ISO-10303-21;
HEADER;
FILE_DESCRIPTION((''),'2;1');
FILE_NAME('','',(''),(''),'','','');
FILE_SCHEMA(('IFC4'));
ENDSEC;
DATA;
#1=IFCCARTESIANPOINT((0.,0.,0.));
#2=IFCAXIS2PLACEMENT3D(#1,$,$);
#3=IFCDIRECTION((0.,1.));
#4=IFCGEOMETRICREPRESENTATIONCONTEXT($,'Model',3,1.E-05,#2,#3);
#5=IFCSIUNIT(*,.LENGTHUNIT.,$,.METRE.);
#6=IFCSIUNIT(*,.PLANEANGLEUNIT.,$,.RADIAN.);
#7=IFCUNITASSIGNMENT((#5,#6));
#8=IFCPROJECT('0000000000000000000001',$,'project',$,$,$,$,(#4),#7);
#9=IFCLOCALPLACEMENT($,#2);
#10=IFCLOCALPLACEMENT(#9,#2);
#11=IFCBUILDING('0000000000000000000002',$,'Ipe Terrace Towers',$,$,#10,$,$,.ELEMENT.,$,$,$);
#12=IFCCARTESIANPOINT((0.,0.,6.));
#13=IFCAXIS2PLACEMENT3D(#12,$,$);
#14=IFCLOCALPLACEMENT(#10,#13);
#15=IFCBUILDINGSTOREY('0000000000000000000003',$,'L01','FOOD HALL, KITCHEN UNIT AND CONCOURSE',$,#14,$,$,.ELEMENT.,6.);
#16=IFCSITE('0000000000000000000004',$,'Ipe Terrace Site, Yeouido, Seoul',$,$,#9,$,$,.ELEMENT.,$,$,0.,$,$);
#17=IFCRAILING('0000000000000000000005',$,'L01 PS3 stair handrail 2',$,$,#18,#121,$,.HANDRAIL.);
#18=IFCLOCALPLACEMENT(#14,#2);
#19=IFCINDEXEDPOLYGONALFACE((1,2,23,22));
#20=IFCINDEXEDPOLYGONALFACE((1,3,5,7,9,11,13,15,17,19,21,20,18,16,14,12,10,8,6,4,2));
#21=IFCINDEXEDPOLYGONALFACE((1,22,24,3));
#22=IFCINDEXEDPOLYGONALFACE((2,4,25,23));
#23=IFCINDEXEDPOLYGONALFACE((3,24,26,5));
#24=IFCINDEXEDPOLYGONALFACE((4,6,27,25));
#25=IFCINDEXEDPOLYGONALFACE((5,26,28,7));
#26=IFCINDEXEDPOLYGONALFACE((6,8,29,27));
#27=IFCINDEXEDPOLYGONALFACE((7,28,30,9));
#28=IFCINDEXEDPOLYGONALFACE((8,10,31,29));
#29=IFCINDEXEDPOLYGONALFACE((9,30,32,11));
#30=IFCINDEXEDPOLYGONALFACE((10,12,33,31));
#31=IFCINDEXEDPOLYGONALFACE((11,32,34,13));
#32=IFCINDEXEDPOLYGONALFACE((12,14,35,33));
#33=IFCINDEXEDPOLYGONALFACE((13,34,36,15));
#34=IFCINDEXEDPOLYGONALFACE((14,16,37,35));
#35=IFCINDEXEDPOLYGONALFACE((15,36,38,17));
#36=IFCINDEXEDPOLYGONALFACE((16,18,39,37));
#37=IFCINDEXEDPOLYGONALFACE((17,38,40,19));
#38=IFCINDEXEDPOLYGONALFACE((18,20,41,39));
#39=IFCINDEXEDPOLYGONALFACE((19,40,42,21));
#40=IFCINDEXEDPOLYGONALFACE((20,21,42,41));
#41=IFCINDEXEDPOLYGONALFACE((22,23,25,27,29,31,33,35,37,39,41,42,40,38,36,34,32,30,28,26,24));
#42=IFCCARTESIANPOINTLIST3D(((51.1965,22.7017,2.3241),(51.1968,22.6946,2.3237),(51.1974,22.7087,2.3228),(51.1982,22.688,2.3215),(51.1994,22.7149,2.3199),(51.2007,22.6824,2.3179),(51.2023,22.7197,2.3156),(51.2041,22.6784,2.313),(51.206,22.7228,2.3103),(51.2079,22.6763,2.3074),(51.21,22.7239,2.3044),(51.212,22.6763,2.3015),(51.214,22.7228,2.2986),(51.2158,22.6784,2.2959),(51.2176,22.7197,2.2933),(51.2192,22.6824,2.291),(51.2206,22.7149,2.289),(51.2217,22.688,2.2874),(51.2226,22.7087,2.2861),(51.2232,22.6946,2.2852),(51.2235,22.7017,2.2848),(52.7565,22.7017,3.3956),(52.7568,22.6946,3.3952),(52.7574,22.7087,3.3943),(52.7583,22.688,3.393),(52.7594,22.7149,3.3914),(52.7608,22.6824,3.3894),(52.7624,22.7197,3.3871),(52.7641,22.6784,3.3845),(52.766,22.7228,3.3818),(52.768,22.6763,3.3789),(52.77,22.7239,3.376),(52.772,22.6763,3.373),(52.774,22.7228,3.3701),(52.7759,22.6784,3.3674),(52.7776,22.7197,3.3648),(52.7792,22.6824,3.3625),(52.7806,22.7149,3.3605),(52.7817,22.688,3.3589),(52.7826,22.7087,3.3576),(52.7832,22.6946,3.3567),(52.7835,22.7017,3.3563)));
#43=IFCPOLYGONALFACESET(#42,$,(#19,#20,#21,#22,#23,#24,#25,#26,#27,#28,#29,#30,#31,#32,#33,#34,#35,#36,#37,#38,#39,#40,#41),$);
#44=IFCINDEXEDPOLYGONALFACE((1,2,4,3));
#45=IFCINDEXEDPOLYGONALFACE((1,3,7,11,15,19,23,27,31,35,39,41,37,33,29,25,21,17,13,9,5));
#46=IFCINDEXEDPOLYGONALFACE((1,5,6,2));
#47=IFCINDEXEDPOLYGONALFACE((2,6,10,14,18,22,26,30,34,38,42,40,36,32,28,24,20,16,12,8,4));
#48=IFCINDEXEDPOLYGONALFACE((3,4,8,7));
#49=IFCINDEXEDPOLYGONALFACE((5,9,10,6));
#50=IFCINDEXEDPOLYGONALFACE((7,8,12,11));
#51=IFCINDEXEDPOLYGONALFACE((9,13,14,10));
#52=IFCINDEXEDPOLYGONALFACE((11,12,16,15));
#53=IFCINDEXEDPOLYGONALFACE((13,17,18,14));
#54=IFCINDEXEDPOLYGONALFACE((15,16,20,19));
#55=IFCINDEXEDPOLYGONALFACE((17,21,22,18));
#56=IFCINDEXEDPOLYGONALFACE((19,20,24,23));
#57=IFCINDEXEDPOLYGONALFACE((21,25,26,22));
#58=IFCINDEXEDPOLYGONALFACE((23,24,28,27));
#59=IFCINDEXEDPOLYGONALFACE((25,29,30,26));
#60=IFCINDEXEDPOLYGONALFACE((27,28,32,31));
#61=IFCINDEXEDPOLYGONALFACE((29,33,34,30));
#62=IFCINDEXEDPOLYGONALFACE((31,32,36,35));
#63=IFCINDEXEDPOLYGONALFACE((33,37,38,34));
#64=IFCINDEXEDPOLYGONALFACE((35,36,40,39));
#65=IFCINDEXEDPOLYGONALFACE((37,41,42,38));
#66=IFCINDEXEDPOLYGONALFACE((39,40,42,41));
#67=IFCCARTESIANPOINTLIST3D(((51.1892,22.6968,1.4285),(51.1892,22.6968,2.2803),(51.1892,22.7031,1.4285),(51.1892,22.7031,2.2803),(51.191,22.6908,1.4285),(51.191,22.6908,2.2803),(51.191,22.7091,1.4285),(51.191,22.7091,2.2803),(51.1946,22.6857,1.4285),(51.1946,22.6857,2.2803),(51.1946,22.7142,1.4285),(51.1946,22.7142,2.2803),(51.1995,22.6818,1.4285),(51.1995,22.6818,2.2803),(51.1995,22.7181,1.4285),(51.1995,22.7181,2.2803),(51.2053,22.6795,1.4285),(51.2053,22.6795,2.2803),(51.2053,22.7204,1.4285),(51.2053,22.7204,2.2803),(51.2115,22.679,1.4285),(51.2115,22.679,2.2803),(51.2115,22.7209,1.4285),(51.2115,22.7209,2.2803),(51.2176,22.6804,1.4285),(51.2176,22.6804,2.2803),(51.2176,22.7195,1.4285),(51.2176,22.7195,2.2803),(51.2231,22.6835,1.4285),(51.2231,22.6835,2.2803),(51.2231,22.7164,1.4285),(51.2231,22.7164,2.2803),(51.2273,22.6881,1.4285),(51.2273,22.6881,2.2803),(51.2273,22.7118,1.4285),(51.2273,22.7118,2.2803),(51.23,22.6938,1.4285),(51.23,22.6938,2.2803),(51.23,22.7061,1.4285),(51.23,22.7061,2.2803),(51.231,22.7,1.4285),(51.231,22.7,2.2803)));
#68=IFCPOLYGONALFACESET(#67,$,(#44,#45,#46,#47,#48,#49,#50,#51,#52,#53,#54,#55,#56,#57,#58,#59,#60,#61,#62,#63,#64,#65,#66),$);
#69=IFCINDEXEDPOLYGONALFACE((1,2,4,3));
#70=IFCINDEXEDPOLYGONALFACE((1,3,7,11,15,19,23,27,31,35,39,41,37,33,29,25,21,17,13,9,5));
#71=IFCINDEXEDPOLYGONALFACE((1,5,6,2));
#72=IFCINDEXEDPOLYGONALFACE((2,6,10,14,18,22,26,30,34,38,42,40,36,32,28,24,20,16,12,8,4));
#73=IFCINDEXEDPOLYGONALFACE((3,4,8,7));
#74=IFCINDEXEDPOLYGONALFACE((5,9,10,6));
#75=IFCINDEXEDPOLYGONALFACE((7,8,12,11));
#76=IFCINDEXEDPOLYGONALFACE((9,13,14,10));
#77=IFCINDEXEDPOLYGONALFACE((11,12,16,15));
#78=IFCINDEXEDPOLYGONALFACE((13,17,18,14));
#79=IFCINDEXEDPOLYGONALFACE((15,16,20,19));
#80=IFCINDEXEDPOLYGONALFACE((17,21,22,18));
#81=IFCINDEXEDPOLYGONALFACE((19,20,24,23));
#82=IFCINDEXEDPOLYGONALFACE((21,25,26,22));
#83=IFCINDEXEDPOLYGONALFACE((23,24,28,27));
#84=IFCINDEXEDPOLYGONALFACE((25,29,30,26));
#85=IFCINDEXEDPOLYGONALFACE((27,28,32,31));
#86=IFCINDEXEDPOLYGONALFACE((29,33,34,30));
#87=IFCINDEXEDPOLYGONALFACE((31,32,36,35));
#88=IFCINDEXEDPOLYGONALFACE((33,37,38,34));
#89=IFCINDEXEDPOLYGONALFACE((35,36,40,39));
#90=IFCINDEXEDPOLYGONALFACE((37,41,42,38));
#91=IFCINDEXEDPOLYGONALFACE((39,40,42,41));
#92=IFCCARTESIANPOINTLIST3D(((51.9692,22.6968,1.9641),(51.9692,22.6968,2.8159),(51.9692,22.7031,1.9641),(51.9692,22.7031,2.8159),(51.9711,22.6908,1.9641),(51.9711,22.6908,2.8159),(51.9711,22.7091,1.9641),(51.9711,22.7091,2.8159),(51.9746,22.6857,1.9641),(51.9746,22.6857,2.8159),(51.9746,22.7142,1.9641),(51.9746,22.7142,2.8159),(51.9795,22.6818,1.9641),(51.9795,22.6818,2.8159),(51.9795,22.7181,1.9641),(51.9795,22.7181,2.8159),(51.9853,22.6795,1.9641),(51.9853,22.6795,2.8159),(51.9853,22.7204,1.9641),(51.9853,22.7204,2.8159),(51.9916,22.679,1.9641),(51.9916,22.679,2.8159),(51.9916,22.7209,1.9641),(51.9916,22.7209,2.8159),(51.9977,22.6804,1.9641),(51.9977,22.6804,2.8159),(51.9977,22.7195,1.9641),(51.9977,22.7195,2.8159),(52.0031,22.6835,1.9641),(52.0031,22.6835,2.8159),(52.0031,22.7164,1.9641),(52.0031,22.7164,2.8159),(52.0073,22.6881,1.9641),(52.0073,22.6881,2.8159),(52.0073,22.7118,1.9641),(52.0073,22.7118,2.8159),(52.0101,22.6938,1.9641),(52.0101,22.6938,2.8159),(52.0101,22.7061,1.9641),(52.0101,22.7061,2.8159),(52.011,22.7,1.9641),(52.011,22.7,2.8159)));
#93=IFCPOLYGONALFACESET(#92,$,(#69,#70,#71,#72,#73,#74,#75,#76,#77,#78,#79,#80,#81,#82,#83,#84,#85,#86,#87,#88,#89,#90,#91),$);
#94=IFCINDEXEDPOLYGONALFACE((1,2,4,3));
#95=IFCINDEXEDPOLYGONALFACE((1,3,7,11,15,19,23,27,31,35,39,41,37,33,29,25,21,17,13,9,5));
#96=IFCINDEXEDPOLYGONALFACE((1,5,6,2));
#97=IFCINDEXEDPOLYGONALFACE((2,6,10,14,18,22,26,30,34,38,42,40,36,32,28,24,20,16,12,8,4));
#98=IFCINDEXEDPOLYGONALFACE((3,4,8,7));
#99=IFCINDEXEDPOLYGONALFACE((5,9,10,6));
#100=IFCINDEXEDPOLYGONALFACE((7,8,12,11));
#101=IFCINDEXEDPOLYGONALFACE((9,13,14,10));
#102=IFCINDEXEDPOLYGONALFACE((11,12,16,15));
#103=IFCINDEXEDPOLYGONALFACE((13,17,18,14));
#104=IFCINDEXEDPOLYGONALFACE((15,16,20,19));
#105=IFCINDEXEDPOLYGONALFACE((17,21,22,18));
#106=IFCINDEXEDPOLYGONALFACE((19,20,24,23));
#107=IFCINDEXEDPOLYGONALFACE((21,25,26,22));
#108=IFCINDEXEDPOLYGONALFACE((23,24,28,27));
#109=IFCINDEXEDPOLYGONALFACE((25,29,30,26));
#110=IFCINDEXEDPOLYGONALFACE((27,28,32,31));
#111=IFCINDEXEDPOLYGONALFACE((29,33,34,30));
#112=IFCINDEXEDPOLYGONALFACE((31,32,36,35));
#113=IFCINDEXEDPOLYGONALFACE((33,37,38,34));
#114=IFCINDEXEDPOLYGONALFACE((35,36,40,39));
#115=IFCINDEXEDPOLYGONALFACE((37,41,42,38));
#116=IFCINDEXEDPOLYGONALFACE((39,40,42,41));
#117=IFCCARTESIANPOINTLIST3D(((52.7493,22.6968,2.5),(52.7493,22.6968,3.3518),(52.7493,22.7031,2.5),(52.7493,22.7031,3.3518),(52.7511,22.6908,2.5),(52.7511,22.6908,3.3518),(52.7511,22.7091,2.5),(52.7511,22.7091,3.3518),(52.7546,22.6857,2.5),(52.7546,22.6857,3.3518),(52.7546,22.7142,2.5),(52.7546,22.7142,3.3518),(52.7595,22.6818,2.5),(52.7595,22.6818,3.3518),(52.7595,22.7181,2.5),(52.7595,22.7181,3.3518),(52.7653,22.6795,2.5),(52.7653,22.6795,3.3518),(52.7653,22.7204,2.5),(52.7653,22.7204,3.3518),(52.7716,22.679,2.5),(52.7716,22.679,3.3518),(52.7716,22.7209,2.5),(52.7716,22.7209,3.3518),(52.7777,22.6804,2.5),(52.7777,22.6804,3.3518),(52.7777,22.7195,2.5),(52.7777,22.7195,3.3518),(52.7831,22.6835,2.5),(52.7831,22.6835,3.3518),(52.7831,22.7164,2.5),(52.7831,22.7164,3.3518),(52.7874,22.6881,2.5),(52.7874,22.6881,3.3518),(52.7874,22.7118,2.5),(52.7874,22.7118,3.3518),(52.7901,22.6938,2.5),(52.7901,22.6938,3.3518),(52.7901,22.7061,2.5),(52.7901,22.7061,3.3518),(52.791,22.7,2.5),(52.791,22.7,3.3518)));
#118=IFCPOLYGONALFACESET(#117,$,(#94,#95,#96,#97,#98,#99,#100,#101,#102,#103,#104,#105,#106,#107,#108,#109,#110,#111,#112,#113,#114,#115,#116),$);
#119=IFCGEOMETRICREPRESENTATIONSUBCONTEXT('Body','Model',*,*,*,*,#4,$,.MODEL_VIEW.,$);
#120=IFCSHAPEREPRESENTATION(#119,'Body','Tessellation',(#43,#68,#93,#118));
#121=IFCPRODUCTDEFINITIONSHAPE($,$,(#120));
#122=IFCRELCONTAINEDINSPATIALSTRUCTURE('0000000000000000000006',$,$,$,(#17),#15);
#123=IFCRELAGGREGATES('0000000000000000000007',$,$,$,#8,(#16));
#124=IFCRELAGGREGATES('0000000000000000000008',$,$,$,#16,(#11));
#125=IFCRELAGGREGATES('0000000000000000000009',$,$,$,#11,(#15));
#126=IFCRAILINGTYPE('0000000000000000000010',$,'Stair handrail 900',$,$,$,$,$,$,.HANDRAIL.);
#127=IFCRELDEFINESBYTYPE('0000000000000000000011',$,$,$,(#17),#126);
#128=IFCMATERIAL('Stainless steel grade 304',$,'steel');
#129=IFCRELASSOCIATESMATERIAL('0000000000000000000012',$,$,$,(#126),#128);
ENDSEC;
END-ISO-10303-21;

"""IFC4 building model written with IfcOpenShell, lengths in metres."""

from ifc_helpers import new_model, si_unit, direction, frame, origin, origin_2d, place, context, subcontext, project, spatial, circle, extrude, material, type_object, element, save


model = new_model("IFC4")

# Units and contexts
model_context = context("Model", 3, precision=1e-05, world=origin(), true_north=direction((0.0, 1.0)))
body_context = subcontext(model_context, "Body", "Model", "MODEL_VIEW")
ifc_project = project(units=[si_unit("LENGTHUNIT", "METRE"), si_unit("PLANEANGLEUNIT", "RADIAN")], contexts=[model_context])

# Site, building, storey
site_placement = place(None, origin())
site = spatial("IfcSite", under=ifc_project, at=site_placement, Name="Ipe Terrace Site, Yeouido, Seoul", CompositionType="ELEMENT", RefElevation=0.0)
building_placement = place(site_placement, origin())
building = spatial("IfcBuilding", under=site, at=building_placement, Name="Ipe Terrace Towers", CompositionType="ELEMENT")
storey_placement = place(building_placement, frame((0.0, 0.0, 6.0)))
storey = spatial("IfcBuildingStorey", under=building, at=storey_placement, Name="L01", Description="FOOD HALL, KITCHEN UNIT AND CONCOURSE", CompositionType="ELEMENT", Elevation=6.0)

# Railing
ifc_material_1 = material(Name="Stainless steel grade 304", Category="steel")
railing_type_1 = type_object("IfcRailingType", Name="Stair handrail 900", PredefinedType="HANDRAIL", material=ifc_material_1)
railing_1_placement = place(storey_placement, frame((51.21, 22.7, 1.4285)))
element("IfcRailing", 1, at=railing_1_placement, inside=storey, type_object=railing_type_1, Name="L01 PS3 stair handrail 2", PredefinedType="HANDRAIL", context=body_context, shape_type="SweptSolid", body=[
    extrude(circle(Radius=0.0239, at=origin_2d()), frame((0.0, 0.0, 0.876), z_axis=(0.82429, 0.0, 0.566167), x_axis=(0.0, 1.0, 0.0)), (0.0, 0.0, 1.0), 1.8926),
    extrude(circle(Radius=0.021, at=origin_2d()), origin(), (0.0, 0.0, 1.0), 0.8518),
    extrude(circle(Radius=0.021, at=origin_2d()), frame((0.78, 0.0, 0.5356)), (0.0, 0.0, 1.0), 0.8518),
    extrude(circle(Radius=0.021, at=origin_2d()), frame((1.5601, 0.0, 1.0715)), (0.0, 0.0, 1.0), 0.8518),
])

save(model, "model.ifc")
